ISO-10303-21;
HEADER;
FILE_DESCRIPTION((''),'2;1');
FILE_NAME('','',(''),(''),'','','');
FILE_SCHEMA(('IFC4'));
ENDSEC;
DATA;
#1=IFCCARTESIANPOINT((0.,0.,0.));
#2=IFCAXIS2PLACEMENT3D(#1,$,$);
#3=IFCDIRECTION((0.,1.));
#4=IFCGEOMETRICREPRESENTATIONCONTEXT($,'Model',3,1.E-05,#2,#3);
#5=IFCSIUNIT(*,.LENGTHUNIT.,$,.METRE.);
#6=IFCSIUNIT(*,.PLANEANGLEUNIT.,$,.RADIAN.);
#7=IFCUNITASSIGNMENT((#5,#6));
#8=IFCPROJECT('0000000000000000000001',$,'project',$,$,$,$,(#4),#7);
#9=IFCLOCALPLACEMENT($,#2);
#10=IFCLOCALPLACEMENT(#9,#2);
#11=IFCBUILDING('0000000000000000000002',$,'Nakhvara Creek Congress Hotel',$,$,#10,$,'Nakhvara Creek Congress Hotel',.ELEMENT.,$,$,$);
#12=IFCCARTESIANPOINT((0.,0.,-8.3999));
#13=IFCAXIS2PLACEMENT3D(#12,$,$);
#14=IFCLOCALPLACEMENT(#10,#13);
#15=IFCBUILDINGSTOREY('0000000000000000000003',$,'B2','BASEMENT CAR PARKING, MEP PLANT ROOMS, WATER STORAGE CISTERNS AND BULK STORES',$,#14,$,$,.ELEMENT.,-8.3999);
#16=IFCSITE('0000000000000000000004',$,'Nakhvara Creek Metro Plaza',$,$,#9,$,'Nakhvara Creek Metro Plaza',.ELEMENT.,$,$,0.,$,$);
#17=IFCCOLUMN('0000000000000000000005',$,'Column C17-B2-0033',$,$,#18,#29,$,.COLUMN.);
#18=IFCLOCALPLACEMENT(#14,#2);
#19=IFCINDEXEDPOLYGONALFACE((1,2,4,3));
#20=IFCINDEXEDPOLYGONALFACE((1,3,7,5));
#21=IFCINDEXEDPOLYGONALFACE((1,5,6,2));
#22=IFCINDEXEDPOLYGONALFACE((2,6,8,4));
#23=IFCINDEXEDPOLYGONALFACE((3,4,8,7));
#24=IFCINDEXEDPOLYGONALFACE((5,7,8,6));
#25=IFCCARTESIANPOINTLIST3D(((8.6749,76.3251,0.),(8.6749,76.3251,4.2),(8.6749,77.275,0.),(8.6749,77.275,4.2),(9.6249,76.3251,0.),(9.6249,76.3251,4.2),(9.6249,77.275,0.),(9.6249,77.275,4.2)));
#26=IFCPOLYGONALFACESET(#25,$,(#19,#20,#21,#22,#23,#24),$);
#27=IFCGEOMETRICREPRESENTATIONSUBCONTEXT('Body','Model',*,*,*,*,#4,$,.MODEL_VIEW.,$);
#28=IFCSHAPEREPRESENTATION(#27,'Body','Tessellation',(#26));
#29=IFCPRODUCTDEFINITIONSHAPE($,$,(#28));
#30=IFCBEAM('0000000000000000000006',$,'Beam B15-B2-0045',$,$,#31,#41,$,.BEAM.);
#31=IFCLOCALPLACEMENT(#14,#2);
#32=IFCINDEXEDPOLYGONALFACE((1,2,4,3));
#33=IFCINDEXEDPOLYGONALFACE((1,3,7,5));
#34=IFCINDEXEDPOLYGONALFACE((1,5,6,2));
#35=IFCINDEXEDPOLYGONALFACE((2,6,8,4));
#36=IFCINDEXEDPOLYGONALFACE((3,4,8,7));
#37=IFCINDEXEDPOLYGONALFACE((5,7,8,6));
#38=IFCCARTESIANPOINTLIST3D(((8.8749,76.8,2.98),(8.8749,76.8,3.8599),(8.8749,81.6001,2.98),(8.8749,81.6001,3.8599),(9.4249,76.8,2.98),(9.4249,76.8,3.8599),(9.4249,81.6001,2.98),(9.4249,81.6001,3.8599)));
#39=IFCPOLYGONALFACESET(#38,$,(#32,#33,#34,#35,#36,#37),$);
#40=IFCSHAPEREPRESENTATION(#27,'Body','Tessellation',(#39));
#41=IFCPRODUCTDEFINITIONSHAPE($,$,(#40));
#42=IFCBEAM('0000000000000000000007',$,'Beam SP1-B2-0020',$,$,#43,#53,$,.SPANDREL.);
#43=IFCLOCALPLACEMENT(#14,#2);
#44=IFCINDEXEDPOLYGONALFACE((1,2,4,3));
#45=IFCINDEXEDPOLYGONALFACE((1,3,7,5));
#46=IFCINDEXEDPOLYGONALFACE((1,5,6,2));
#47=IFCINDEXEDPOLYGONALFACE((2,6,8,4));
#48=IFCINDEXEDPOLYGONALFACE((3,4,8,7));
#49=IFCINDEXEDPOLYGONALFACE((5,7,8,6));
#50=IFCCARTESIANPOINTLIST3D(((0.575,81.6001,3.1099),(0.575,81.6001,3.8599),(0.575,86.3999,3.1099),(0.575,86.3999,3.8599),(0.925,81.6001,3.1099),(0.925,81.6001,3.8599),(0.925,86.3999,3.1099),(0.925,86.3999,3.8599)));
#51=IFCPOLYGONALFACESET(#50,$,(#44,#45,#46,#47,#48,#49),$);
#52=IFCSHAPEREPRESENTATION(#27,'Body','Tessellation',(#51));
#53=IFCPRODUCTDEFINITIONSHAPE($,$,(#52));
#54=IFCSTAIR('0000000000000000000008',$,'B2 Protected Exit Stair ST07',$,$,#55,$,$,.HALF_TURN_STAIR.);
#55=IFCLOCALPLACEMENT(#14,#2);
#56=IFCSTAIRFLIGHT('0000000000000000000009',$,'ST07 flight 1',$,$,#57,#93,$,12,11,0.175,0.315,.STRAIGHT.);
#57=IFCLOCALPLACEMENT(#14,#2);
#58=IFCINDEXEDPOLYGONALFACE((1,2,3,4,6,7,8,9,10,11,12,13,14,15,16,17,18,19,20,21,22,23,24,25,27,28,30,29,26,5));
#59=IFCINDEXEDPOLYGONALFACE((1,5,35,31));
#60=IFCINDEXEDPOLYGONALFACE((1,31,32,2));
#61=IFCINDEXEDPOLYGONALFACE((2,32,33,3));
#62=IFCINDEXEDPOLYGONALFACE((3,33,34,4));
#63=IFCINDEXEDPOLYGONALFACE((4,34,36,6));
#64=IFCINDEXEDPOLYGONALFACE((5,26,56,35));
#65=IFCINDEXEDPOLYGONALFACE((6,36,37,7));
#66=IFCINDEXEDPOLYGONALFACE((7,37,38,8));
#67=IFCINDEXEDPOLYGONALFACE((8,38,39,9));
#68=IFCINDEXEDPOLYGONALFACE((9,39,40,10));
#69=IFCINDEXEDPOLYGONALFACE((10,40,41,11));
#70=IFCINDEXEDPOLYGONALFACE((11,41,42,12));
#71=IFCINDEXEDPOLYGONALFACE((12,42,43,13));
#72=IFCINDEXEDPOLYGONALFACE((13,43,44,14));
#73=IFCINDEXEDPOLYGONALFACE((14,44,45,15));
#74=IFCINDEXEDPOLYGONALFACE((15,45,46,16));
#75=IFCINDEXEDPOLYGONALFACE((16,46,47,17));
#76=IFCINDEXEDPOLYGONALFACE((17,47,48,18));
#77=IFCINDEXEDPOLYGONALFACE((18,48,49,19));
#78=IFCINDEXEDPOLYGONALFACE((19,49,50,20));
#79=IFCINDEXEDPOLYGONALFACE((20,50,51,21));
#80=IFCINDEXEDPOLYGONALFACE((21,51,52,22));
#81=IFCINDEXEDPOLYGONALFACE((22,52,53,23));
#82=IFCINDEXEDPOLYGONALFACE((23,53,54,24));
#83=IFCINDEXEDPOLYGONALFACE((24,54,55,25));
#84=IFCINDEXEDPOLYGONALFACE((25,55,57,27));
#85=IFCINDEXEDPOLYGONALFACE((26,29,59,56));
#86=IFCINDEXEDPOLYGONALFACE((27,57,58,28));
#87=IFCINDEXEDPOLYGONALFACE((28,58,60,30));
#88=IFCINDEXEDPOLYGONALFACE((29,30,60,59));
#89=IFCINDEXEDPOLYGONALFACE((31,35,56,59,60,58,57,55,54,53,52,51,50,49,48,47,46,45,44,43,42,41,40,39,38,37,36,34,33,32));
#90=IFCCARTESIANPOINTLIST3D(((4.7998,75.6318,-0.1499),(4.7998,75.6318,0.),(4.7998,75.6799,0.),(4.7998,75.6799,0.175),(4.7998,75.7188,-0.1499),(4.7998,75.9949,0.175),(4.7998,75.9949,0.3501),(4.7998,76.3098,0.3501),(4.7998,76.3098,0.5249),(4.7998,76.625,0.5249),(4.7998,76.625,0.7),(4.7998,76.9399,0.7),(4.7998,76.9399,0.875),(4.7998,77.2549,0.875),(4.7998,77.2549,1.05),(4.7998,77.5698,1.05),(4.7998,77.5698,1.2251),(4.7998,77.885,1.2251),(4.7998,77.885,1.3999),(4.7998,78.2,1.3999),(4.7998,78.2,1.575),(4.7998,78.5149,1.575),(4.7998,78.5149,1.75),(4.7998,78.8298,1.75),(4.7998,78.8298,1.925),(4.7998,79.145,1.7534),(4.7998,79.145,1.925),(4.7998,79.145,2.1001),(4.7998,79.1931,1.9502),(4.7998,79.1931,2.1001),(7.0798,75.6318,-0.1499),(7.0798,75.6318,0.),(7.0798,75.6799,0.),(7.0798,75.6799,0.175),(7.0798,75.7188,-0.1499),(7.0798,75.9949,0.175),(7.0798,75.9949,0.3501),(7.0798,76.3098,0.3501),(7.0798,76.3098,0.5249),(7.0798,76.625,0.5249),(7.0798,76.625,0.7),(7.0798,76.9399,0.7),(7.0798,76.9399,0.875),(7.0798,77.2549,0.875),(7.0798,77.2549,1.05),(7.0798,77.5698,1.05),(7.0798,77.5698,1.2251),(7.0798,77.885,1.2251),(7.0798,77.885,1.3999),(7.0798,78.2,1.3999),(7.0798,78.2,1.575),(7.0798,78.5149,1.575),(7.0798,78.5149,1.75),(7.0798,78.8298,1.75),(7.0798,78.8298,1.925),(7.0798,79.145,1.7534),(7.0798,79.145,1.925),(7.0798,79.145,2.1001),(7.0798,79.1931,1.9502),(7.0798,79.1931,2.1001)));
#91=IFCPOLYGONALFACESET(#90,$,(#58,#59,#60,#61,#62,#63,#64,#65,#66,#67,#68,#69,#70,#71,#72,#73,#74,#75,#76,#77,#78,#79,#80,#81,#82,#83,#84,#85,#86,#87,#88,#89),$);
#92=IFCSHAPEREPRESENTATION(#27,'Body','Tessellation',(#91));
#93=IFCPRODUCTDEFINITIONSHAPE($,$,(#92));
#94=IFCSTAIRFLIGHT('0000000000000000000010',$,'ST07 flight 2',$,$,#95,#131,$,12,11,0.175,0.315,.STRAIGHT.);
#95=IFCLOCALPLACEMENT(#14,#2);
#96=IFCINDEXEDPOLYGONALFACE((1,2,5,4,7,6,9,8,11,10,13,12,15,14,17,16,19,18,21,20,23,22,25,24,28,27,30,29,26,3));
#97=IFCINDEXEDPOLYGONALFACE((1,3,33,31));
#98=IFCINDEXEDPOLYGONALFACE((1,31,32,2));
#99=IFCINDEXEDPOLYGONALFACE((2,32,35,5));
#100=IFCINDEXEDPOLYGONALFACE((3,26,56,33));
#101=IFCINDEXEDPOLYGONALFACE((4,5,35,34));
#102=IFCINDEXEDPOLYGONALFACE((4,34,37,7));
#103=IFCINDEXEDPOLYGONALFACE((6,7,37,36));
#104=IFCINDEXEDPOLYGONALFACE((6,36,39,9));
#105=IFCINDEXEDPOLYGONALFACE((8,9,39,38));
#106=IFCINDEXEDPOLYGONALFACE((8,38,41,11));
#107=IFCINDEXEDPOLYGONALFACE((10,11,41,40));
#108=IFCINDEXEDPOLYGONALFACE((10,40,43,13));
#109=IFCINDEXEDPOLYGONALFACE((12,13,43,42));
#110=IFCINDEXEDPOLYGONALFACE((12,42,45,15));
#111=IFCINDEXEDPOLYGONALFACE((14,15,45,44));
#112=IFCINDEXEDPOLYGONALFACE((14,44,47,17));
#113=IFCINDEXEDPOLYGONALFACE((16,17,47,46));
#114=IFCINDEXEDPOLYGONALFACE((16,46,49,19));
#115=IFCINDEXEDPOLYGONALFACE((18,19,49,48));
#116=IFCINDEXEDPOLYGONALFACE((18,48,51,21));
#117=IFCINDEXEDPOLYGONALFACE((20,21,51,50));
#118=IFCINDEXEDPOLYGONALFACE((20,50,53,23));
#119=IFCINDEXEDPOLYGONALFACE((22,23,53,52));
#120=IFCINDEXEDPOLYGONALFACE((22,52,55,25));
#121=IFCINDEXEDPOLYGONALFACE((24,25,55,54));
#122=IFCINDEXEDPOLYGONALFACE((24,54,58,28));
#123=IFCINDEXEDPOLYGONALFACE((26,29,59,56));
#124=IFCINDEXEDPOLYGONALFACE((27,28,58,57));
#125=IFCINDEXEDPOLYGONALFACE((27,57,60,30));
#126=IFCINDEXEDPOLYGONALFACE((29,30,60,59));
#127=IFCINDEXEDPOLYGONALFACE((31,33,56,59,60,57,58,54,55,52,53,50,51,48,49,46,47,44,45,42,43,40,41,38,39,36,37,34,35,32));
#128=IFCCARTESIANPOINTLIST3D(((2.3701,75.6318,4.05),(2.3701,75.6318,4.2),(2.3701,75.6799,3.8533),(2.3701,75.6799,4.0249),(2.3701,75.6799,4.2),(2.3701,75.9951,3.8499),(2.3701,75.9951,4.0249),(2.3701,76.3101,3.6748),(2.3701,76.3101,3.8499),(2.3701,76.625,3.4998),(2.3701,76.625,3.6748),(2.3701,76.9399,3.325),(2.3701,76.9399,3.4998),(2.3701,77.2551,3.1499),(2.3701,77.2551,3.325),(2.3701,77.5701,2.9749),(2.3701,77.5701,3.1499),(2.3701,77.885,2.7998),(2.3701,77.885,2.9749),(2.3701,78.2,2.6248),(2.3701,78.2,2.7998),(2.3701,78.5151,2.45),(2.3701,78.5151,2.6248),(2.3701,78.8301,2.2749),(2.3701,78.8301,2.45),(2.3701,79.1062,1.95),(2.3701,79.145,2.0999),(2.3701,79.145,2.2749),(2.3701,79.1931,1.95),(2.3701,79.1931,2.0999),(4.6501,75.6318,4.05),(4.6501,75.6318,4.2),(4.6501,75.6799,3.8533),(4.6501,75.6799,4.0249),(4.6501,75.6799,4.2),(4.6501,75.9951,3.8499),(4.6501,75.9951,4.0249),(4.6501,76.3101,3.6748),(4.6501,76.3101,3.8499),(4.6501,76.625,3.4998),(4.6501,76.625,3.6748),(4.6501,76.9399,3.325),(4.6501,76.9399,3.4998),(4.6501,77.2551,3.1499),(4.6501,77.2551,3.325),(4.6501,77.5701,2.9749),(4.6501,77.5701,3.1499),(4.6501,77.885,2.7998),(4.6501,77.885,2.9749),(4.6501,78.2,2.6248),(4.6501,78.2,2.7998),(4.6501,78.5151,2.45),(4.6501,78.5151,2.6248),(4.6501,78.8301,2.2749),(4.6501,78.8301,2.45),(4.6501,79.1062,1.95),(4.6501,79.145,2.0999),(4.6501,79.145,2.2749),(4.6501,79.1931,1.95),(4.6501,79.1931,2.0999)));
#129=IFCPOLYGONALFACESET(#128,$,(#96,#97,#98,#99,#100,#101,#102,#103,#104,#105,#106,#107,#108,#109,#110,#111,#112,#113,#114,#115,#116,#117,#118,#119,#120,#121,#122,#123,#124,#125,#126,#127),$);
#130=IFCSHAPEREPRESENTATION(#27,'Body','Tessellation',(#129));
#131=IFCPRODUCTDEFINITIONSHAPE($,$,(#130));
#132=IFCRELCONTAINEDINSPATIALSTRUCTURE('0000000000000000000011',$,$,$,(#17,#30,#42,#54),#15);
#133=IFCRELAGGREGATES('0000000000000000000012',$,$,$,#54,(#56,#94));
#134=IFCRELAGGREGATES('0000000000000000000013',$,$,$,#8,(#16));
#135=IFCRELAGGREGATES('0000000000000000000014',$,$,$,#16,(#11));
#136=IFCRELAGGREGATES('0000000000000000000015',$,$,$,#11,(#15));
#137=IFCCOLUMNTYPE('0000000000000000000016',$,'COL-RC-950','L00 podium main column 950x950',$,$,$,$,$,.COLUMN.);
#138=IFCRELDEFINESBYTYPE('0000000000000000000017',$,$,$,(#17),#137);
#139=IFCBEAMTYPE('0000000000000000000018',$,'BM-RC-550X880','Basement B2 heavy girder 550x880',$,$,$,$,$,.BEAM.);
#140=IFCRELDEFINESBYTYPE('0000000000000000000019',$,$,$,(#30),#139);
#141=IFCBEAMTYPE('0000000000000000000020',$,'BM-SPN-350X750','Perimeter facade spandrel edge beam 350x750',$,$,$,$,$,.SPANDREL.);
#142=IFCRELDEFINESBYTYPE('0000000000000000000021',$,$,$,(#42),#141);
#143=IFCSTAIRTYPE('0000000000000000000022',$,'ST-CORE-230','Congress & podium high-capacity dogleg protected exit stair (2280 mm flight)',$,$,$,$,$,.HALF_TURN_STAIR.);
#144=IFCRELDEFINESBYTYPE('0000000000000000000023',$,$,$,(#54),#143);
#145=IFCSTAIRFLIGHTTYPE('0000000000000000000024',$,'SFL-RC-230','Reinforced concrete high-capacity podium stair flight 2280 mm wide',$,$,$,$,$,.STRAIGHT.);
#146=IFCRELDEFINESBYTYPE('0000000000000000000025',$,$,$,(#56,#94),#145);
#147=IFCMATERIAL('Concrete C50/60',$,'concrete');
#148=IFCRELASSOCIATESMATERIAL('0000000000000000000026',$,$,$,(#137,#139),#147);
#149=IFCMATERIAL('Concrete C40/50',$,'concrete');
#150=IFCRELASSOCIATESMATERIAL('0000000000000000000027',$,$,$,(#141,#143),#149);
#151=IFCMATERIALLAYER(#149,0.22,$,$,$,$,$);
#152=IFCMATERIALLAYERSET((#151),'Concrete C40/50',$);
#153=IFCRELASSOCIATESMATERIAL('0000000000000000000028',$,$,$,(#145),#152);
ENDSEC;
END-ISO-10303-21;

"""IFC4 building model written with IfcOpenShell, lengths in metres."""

from ifc_helpers import new_model, si_unit, direction, frame, origin, origin_2d, place, context, subcontext, project, spatial, polyline, rectangle, outline, extrude, material, layer, layer_set, material_profile, profile_set, type_object, element, aggregate, save


model = new_model("IFC4")

# Units and contexts
model_context = context("Model", 3, precision=1e-05, world=origin(), true_north=direction((0.0, 1.0)))
body_context = subcontext(model_context, "Body", "Model", "MODEL_VIEW")
ifc_project = project(units=[si_unit("LENGTHUNIT", "METRE"), si_unit("PLANEANGLEUNIT", "RADIAN")], contexts=[model_context])

# Site, building, storey
site_placement = place(None, origin())
site = spatial("IfcSite", under=ifc_project, at=site_placement, Name="Nakhvara Creek Metro Plaza", LongName="Nakhvara Creek Metro Plaza", CompositionType="ELEMENT", RefElevation=0.0)
building_placement = place(site_placement, origin())
building = spatial("IfcBuilding", under=site, at=building_placement, Name="Nakhvara Creek Congress Hotel", LongName="Nakhvara Creek Congress Hotel", CompositionType="ELEMENT")
storey_placement = place(building_placement, frame((0.0, 0.0, -8.3999)))
storey = spatial("IfcBuildingStorey", under=building, at=storey_placement, Name="B2", Description="BASEMENT CAR PARKING, MEP PLANT ROOMS, WATER STORAGE CISTERNS AND BULK STORES", CompositionType="ELEMENT", Elevation=-8.3999)

# Shared definitions
ifc_material_1 = material(Name="Concrete C40/50", Category="concrete")

# Column
ifc_material_2 = material(Name="Concrete C50/60", Category="concrete")
ifc_material_profile_1 = material_profile(ifc_material_2, rectangle(XDim=0.95, YDim=0.95, at=origin_2d()), Name="RC-COL 950x950", Category="LoadBearing")
ifc_profile_set_1 = profile_set([ifc_material_profile_1], Name="Concrete C50/60")
column_type_1 = type_object("IfcColumnType", Name="COL-RC-950", Description="L00 podium main column 950x950", PredefinedType="COLUMN", material=ifc_profile_set_1)
column_1_placement = place(storey_placement, frame((9.1499, 76.8, 0.0), z_axis=(0.0, 0.0, 1.0), x_axis=(1.0, 0.0, 0.0)))
element("IfcColumn", 1, at=column_1_placement, inside=storey, type_object=column_type_1, Name="Column C17-B2-0033", PredefinedType="COLUMN", context=body_context, shape_type="SweptSolid", body=[
    extrude(rectangle(XDim=0.95, YDim=0.95, at=origin_2d()), origin(), (0.0, 0.0, 1.0), 4.2),
])

# Beams
ifc_material_profile_2 = material_profile(ifc_material_2, rectangle(XDim=0.55, YDim=0.8799, at=origin_2d()), Name="RC-BM 550x880", Category="LoadBearing")
ifc_profile_set_2 = profile_set([ifc_material_profile_2], Name="Concrete C50/60")
beam_type_1 = type_object("IfcBeamType", Name="BM-RC-550X880", Description="Basement B2 heavy girder 550x880", PredefinedType="BEAM", material=ifc_profile_set_2)
beam_1_placement = place(storey_placement, frame((9.1499, 76.8, 3.4199), z_axis=(0.0, 1.0, 0.0), x_axis=(-1.0, 0.0, 0.0)))
element("IfcBeam", 2, at=beam_1_placement, inside=storey, type_object=beam_type_1, Name="Beam B15-B2-0045", PredefinedType="BEAM", context=body_context, shape_type="SweptSolid", body=[
    extrude(rectangle(XDim=0.55, YDim=0.8799, at=origin_2d()), origin(), (0.0, 0.0, 1.0), 4.8),
])
ifc_material_profile_3 = material_profile(ifc_material_1, rectangle(XDim=0.3501, YDim=0.75, at=origin_2d()), Name="RC-SPANDREL 350x750", Category="LoadBearing")
ifc_profile_set_3 = profile_set([ifc_material_profile_3], Name="Concrete C40/50")
beam_type_2 = type_object("IfcBeamType", Name="BM-SPN-350X750", Description="Perimeter facade spandrel edge beam 350x750", PredefinedType="SPANDREL", material=ifc_profile_set_3)
beam_2_placement = place(storey_placement, frame((0.75, 81.6001, 3.4849), z_axis=(0.0, 1.0, 0.0), x_axis=(-1.0, 0.0, 0.0)))
element("IfcBeam", 3, at=beam_2_placement, inside=storey, type_object=beam_type_2, Name="Beam SP1-B2-0020", PredefinedType="SPANDREL", context=body_context, shape_type="SweptSolid", body=[
    extrude(rectangle(XDim=0.3501, YDim=0.75, at=origin_2d()), origin(), (0.0, 0.0, 1.0), 4.7998),
])

# Stair, stair flights
stair_type = type_object("IfcStairType", Name="ST-CORE-230", Description="Congress & podium high-capacity dogleg protected exit stair (2280 mm flight)", PredefinedType="HALF_TURN_STAIR", material=ifc_material_1)
stair_placement = place(storey_placement, origin())
stair = element("IfcStair", 4, at=stair_placement, inside=storey, type_object=stair_type, Name="B2 Protected Exit Stair ST07", PredefinedType="HALF_TURN_STAIR")
ifc_layer = layer(ifc_material_1, 0.22)
ifc_layer_set = layer_set([ifc_layer], Name="Concrete C40/50")
stair_flight_type = type_object("IfcStairFlightType", Name="SFL-RC-230", Description="Reinforced concrete high-capacity podium stair flight 2280 mm wide", PredefinedType="STRAIGHT", material=ifc_layer_set)
stair_flight_1_placement = place(storey_placement, frame((5.9399, 75.6799, 0.0), z_axis=(0.0, 0.0, 1.0), x_axis=(0.0, 1.0, 0.0)))
stair_flight_1 = element("IfcStairFlight", 5, at=stair_flight_1_placement, type_object=stair_flight_type, Name="ST07 flight 1", NumberOfRisers=12, NumberOfTreads=11, PredefinedType="STRAIGHT", RiserHeight=0.175, TreadLength=0.315, context=body_context, shape_type="SweptSolid", body=[
    extrude(outline(polyline([(-0.0481, 0.0), (0.0, 0.0), (0.0, 0.175), (0.3149, 0.175), (0.3149, 0.3501), (0.6299, 0.3501), (0.6299, 0.5249), (0.9451, 0.5249), (0.9451, 0.7), (1.26, 0.7), (1.26, 0.875), (1.575, 0.875), (1.575, 1.05), (1.8899, 1.05), (1.8899, 1.2251), (2.2051, 1.2251), (2.2051, 1.3999), (2.52, 1.3999), (2.52, 1.575), (2.835, 1.575), (2.835, 1.75), (3.1499, 1.75), (3.1499, 1.925), (3.4651, 1.925), (3.4651, 2.1001), (3.5132, 2.1001), (3.5132, 1.9502), (3.4651, 1.7534), (0.0388, -0.1499), (-0.0481, -0.1499), (-0.0481, 0.0)])), frame((0.0, 1.1401, 0.0), z_axis=(0.0, -1.0, 0.0), x_axis=(1.0, 0.0, 0.0)), (0.0, 0.0, 1.0), 2.28),
])
stair_flight_2_placement = place(storey_placement, frame((3.51, 79.145, 2.0999), z_axis=(0.0, 0.0, 1.0), x_axis=(0.0, -1.0, 0.0)))
stair_flight_2 = element("IfcStairFlight", 6, at=stair_flight_2_placement, type_object=stair_flight_type, Name="ST07 flight 2", NumberOfRisers=12, NumberOfTreads=11, PredefinedType="STRAIGHT", RiserHeight=0.175, TreadLength=0.315, context=body_context, shape_type="SweptSolid", body=[
    extrude(outline(polyline([(-0.0481, 0.0), (0.0, 0.0), (0.0, 0.175), (0.3149, 0.175), (0.3149, 0.3501), (0.6299, 0.3501), (0.6299, 0.5249), (0.9451, 0.5249), (0.9451, 0.7), (1.26, 0.7), (1.26, 0.875), (1.575, 0.875), (1.575, 1.05), (1.8899, 1.05), (1.8899, 1.2251), (2.2051, 1.2251), (2.2051, 1.3999), (2.52, 1.3999), (2.52, 1.575), (2.835, 1.575), (2.835, 1.75), (3.1499, 1.75), (3.1499, 1.925), (3.4651, 1.925), (3.4651, 2.1001), (3.5132, 2.1001), (3.5132, 1.9502), (3.4651, 1.7534), (0.0388, -0.1499), (-0.0481, -0.1499), (-0.0481, 0.0)])), frame((0.0, 1.1401, 0.0), z_axis=(0.0, -1.0, 0.0), x_axis=(1.0, 0.0, 0.0)), (0.0, 0.0, 1.0), 2.28),
])
aggregate(stair, [stair_flight_1, stair_flight_2])

save(model, "model.ifc")
